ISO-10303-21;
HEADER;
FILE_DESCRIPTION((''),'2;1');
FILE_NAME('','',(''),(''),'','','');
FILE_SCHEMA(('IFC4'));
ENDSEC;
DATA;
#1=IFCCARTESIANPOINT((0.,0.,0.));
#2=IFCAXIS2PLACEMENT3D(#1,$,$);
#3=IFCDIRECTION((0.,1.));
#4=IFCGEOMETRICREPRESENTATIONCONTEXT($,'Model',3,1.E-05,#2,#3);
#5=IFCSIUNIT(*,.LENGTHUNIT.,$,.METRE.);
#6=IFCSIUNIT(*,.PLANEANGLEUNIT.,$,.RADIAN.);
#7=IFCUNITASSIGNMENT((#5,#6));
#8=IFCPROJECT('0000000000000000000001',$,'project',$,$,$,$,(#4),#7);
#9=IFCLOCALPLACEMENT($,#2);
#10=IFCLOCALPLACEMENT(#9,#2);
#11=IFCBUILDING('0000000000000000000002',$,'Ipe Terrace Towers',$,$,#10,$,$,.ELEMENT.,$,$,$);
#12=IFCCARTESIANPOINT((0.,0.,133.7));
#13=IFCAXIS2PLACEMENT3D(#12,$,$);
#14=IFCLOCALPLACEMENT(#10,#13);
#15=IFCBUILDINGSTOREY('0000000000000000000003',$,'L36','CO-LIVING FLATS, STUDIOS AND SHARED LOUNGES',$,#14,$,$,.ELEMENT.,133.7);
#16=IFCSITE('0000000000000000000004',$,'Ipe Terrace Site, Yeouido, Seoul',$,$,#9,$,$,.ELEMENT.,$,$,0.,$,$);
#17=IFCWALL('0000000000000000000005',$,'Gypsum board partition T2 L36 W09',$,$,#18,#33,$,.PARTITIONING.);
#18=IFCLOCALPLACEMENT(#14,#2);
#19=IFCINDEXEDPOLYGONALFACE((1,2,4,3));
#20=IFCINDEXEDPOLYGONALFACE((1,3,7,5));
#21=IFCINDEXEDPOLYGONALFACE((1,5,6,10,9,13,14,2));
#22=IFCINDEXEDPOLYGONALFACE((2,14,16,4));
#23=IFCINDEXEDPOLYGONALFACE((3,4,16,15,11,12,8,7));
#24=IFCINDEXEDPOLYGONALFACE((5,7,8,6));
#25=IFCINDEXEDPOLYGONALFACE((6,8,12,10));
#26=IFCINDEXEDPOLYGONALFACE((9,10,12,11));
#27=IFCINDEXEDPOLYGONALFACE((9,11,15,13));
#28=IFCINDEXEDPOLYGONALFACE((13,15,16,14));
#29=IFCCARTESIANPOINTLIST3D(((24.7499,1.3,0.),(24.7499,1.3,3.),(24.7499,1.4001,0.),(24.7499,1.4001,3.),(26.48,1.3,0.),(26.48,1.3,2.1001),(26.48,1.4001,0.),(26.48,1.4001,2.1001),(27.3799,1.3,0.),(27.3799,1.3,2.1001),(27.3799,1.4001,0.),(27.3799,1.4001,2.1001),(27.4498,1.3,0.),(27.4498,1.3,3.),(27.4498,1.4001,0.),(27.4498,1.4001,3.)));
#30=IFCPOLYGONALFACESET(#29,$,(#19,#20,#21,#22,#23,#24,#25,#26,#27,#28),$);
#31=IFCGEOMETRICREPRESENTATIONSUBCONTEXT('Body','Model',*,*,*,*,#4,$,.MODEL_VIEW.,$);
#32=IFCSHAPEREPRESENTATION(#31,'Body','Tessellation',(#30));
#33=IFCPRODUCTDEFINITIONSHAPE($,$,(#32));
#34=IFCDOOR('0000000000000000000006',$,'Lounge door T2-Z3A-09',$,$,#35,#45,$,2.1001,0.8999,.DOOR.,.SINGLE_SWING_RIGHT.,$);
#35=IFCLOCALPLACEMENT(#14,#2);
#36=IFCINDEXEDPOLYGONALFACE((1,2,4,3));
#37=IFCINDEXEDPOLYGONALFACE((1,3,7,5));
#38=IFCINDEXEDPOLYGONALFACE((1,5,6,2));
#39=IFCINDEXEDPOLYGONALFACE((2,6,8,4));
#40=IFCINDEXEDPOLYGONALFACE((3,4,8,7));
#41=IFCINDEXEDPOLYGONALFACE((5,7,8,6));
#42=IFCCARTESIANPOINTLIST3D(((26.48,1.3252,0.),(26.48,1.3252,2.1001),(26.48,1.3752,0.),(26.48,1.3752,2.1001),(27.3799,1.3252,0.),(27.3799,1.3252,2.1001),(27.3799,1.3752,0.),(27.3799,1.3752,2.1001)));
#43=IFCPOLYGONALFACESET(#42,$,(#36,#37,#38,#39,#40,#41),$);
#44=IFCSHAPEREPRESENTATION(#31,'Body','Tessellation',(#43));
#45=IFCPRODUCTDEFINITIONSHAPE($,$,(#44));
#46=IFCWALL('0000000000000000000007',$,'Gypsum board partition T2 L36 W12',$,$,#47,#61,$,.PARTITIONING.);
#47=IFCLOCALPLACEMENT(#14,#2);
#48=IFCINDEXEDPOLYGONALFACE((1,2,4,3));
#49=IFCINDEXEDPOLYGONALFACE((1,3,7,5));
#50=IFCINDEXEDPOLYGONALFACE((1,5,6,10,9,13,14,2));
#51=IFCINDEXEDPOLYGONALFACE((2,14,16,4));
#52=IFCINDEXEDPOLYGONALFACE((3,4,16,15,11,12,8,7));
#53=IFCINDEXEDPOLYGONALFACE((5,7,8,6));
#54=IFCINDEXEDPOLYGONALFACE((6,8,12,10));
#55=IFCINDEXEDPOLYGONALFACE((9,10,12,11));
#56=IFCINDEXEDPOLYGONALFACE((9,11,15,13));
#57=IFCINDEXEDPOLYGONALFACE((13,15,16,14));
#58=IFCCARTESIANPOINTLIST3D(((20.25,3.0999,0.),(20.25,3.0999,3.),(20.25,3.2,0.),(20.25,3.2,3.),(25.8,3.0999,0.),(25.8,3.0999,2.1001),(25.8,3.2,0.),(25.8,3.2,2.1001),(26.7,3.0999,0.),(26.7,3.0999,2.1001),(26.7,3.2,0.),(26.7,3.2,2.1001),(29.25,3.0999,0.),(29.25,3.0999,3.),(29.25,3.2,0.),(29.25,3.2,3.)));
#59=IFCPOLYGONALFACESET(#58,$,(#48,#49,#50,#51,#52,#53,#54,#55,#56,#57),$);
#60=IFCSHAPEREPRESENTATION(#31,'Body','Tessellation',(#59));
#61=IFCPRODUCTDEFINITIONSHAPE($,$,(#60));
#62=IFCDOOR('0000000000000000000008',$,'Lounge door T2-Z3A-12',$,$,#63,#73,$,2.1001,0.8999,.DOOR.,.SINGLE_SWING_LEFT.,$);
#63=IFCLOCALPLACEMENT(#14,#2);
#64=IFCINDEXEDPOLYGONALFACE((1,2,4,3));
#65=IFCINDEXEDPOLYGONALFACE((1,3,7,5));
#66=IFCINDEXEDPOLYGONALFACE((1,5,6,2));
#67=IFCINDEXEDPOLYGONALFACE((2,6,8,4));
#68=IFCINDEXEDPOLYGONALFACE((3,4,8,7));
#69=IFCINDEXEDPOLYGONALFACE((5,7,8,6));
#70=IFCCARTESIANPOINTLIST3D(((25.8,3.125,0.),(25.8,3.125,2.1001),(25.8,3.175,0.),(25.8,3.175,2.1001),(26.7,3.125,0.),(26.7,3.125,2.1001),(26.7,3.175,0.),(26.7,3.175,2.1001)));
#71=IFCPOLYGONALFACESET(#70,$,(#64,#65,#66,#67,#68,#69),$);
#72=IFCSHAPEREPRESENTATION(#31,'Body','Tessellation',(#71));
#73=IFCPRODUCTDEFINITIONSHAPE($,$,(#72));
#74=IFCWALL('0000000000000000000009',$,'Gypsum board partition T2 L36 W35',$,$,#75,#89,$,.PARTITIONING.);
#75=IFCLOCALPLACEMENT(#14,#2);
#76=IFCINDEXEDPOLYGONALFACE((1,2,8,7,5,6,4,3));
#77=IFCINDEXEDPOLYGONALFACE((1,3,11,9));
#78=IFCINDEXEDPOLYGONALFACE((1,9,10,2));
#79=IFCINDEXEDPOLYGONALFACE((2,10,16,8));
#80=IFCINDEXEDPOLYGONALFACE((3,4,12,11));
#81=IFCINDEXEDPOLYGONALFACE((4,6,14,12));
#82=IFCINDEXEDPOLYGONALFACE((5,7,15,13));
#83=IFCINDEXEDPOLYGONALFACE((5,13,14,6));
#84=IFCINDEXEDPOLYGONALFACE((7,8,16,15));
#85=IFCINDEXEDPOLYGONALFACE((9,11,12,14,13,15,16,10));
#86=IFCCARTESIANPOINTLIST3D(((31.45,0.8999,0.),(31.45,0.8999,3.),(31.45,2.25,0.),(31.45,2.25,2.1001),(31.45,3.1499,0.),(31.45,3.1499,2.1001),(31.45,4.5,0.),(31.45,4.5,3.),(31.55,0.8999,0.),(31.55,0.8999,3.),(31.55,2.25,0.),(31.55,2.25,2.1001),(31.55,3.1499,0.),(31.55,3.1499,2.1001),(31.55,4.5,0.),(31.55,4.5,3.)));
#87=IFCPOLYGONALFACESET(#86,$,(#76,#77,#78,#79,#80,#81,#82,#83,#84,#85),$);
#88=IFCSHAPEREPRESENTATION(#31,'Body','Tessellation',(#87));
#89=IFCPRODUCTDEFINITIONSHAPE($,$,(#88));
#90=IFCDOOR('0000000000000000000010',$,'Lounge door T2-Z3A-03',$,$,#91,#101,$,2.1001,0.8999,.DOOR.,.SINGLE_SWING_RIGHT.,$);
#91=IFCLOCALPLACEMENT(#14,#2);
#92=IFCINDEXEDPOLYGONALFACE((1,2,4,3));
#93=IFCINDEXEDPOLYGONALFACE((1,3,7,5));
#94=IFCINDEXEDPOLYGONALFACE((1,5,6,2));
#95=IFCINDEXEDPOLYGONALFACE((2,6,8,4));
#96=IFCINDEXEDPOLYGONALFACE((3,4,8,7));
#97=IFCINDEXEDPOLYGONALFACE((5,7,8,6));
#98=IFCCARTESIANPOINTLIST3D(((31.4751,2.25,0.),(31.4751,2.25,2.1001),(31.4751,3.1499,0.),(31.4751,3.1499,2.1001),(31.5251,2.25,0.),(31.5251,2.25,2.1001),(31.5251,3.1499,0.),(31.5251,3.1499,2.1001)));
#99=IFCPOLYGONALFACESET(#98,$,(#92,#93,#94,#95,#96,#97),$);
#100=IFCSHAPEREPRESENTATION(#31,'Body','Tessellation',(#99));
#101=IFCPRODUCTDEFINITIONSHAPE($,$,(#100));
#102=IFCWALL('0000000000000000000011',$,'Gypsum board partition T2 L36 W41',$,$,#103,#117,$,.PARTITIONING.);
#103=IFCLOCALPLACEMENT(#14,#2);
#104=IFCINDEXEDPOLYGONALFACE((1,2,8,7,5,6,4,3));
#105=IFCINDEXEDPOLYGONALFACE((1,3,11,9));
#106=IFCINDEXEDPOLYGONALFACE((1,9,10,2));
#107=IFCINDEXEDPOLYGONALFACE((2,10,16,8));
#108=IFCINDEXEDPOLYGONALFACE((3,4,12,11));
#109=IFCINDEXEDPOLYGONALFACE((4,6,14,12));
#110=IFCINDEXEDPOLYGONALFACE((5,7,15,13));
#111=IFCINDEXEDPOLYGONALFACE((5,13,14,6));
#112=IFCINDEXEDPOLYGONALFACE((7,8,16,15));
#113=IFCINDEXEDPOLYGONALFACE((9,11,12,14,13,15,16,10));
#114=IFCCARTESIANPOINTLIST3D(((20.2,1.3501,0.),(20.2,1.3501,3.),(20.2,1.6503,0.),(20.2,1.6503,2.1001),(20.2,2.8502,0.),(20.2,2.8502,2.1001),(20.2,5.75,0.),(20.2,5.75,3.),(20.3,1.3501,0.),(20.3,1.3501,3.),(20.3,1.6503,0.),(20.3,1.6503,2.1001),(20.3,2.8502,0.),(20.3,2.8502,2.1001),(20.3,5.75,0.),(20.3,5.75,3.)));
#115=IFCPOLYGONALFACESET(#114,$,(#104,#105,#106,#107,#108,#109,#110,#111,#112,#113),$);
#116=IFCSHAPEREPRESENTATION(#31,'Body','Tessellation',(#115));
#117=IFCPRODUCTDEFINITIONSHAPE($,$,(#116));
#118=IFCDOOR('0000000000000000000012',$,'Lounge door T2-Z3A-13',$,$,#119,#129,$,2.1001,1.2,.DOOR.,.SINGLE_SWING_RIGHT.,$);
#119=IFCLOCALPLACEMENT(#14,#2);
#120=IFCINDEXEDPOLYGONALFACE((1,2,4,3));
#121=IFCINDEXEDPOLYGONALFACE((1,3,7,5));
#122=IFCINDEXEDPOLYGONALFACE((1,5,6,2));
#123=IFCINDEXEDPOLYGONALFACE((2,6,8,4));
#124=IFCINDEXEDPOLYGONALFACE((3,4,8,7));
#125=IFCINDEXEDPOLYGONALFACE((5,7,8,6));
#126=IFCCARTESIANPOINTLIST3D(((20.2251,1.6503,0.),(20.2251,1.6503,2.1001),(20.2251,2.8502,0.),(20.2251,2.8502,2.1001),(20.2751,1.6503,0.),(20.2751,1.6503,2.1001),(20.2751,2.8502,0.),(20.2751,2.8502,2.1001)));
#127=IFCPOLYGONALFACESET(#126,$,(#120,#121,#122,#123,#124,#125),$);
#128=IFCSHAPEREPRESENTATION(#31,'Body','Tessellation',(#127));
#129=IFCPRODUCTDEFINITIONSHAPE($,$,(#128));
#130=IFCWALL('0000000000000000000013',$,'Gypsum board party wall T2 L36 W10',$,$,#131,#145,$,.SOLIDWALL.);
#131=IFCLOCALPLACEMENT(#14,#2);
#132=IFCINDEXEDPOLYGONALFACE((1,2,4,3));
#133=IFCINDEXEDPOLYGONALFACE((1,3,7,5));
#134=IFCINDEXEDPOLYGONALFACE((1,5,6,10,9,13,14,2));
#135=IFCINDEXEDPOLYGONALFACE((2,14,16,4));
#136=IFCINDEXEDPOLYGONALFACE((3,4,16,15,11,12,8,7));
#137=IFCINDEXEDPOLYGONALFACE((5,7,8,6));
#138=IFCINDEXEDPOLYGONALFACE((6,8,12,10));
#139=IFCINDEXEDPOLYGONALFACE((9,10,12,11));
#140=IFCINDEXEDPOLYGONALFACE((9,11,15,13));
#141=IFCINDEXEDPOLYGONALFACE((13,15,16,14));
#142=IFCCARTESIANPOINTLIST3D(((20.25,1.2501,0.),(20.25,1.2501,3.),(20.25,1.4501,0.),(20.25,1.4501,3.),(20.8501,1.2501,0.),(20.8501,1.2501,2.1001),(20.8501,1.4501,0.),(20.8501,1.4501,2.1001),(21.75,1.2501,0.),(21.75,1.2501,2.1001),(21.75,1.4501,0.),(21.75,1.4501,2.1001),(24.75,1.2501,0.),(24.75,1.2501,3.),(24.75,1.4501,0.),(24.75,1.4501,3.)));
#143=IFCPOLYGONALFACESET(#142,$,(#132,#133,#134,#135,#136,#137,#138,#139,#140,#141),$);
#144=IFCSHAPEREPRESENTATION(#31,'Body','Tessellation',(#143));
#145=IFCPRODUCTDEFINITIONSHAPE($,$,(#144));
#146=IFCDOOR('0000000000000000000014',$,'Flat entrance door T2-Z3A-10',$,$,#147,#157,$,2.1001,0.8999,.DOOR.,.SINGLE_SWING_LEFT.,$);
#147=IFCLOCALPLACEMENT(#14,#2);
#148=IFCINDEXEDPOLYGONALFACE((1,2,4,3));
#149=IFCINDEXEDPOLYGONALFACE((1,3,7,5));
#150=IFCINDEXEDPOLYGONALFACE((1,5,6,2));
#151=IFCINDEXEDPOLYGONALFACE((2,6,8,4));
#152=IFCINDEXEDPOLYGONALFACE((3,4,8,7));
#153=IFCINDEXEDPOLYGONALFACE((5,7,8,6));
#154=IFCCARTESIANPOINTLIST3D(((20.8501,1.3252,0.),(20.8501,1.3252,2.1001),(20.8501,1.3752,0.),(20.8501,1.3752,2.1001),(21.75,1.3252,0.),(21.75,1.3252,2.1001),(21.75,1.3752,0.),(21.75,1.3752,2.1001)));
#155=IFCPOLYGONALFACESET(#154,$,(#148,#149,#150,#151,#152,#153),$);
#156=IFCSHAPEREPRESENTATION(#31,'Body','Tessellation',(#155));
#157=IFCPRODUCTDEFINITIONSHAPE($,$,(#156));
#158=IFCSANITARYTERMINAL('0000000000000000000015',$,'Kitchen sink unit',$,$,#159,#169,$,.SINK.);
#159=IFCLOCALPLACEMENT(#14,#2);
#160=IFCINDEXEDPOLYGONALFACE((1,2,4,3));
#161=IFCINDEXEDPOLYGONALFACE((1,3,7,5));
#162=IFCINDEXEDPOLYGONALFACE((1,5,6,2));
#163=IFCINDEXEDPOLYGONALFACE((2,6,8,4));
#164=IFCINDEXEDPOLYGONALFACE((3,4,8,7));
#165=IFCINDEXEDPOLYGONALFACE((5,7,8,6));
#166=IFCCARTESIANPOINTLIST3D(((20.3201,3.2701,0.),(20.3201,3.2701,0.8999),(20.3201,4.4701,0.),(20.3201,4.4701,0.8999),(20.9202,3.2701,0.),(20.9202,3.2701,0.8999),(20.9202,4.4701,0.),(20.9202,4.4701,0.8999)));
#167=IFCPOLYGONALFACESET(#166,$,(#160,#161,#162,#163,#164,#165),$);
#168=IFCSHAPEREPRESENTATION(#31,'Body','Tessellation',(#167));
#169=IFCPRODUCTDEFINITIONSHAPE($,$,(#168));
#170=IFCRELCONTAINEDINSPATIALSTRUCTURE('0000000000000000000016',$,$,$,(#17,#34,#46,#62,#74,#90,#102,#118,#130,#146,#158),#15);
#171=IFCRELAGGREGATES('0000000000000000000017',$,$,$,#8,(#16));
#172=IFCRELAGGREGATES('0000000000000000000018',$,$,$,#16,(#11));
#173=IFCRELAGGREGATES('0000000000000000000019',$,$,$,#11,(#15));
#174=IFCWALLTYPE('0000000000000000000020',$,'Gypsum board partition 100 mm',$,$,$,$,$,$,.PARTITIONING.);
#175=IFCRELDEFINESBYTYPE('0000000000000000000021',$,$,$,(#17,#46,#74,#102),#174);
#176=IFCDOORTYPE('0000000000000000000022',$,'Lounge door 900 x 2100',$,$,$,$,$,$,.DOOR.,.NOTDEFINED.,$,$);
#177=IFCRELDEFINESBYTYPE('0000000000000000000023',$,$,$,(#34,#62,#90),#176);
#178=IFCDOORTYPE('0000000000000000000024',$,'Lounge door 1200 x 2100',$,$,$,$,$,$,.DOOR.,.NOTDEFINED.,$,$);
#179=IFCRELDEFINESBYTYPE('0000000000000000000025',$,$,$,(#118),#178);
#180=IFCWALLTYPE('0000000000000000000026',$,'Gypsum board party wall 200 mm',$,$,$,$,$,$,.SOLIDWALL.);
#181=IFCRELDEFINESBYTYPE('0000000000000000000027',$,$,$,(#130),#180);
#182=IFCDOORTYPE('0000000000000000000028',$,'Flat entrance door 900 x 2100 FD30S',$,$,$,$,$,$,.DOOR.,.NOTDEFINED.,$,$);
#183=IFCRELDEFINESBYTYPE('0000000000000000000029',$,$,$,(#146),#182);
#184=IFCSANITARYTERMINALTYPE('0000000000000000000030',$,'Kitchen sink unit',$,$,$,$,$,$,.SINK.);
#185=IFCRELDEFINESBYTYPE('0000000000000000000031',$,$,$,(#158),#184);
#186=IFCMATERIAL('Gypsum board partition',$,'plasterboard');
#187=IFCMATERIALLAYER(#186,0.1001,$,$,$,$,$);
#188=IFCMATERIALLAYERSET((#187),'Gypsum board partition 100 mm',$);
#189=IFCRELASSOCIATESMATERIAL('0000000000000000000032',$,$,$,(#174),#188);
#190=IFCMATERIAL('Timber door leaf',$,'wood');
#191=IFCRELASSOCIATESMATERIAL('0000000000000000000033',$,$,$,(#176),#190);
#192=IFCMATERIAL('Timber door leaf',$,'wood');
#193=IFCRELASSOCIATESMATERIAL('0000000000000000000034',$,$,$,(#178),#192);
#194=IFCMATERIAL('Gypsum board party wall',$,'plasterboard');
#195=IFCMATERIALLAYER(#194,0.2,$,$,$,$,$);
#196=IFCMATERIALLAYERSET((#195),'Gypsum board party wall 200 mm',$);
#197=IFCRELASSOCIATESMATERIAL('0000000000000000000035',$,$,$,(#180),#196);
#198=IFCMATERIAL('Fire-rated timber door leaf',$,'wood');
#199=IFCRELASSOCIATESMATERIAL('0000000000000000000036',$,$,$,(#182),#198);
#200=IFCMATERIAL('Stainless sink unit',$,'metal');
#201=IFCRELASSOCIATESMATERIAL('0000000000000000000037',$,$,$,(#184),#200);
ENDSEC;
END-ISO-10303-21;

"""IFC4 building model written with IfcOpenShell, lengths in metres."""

from ifc_helpers import new_model, si_unit, direction, frame, frame_2d, origin, origin_2d, place, context, subcontext, project, spatial, rectangle, extrude, material, layer, layer_set, type_object, element, fill, save


model = new_model("IFC4")

# Units and contexts
model_context = context("Model", 3, precision=1e-05, world=origin(), true_north=direction((0.0, 1.0)))
body_context = subcontext(model_context, "Body", "Model", "MODEL_VIEW")
ifc_project = project(units=[si_unit("LENGTHUNIT", "METRE"), si_unit("PLANEANGLEUNIT", "RADIAN")], contexts=[model_context])

# Site, building, storey
site_placement = place(None, origin())
site = spatial("IfcSite", under=ifc_project, at=site_placement, Name="Ipe Terrace Site, Yeouido, Seoul", CompositionType="ELEMENT", RefElevation=0.0)
building_placement = place(site_placement, origin())
building = spatial("IfcBuilding", under=site, at=building_placement, Name="Ipe Terrace Towers", CompositionType="ELEMENT")
storey_placement = place(building_placement, frame((0.0, 0.0, 133.7)))
storey = spatial("IfcBuildingStorey", under=building, at=storey_placement, Name="L36", Description="CO-LIVING FLATS, STUDIOS AND SHARED LOUNGES", CompositionType="ELEMENT", Elevation=133.7)

# Walls, openings, doors
ifc_material_1 = material(Name="Gypsum board partition", Category="plasterboard")
ifc_layer_1 = layer(ifc_material_1, 0.1001)
ifc_layer_set_1 = layer_set([ifc_layer_1], Name="Gypsum board partition 100 mm")
wall_type_1 = type_object("IfcWallType", Name="Gypsum board partition 100 mm", PredefinedType="PARTITIONING", material=ifc_layer_set_1)
wall_1_placement = place(storey_placement, frame((27.45, 1.3501, 0.0), z_axis=(0.0, 0.0, 1.0), x_axis=(-1.0, 0.0, 0.0)))
wall_1 = element("IfcWall", 1, at=wall_1_placement, inside=storey, type_object=wall_type_1, Name="Gypsum board partition T2 L36 W09", PredefinedType="PARTITIONING", context=body_context, shape_type="SweptSolid", body=[
    extrude(rectangle(XDim=2.7, YDim=0.1001, at=frame_2d((1.3501, 0.0))), origin(), (0.0, 0.0, 1.0), 3.0),
])
opening_1_placement = place(wall_1_placement, frame((0.0701, 0.0, 0.0)))
opening_1 = element("IfcOpeningElement", 2, at=opening_1_placement, cuts=wall_1, PredefinedType="OPENING", context=body_context, shape_type="SweptSolid", body=[
    extrude(rectangle(XDim=0.8999, YDim=2.1001, at=frame_2d((0.45, 1.05))), frame((0.0, 0.0601, 0.0), z_axis=(0.0, -1.0, 0.0), x_axis=(1.0, 0.0, 0.0)), (0.0, 0.0, 1.0), 0.1201),
])
ifc_material_2 = material(Name="Timber door leaf", Category="wood")
door_type_1 = type_object("IfcDoorType", Name="Lounge door 900 x 2100", OperationType="NOTDEFINED", PredefinedType="DOOR", material=ifc_material_2)
door_1_placement = place(opening_1_placement, origin())
door_1 = element("IfcDoor", 3, at=door_1_placement, inside=storey, type_object=door_type_1, Name="Lounge door T2-Z3A-09", OperationType="SINGLE_SWING_RIGHT", OverallHeight=2.1001, OverallWidth=0.8999, PredefinedType="DOOR", context=body_context, shape_type="SweptSolid", body=[
    extrude(rectangle(XDim=0.8999, YDim=2.1001, at=frame_2d((0.45, 1.05))), frame((0.0, 0.0249, 0.0), z_axis=(0.0, -1.0, 0.0), x_axis=(1.0, 0.0, 0.0)), (0.0, 0.0, 1.0), 0.05),
])
fill(opening_1, door_1)
wall_2_placement = place(storey_placement, frame((29.25, 3.1499, 0.0), z_axis=(0.0, 0.0, 1.0), x_axis=(-1.0, 0.0, 0.0)))
wall_2 = element("IfcWall", 4, at=wall_2_placement, inside=storey, type_object=wall_type_1, Name="Gypsum board partition T2 L36 W12", PredefinedType="PARTITIONING", context=body_context, shape_type="SweptSolid", body=[
    extrude(rectangle(XDim=9.0, YDim=0.1001, at=frame_2d((4.5, 0.0))), origin(), (0.0, 0.0, 1.0), 3.0),
])
opening_2_placement = place(wall_2_placement, frame((2.55, 0.0, 0.0)))
opening_2 = element("IfcOpeningElement", 5, at=opening_2_placement, cuts=wall_2, PredefinedType="OPENING", context=body_context, shape_type="SweptSolid", body=[
    extrude(rectangle(XDim=0.8999, YDim=2.1001, at=frame_2d((0.45, 1.05))), frame((0.0, 0.0601, 0.0), z_axis=(0.0, -1.0, 0.0), x_axis=(1.0, 0.0, 0.0)), (0.0, 0.0, 1.0), 0.1201),
])
door_2_placement = place(opening_2_placement, origin())
door_2 = element("IfcDoor", 6, at=door_2_placement, inside=storey, type_object=door_type_1, Name="Lounge door T2-Z3A-12", OperationType="SINGLE_SWING_LEFT", OverallHeight=2.1001, OverallWidth=0.8999, PredefinedType="DOOR", context=body_context, shape_type="SweptSolid", body=[
    extrude(rectangle(XDim=0.8999, YDim=2.1001, at=frame_2d((0.45, 1.05))), frame((0.0, 0.0249, 0.0), z_axis=(0.0, -1.0, 0.0), x_axis=(1.0, 0.0, 0.0)), (0.0, 0.0, 1.0), 0.05),
])
fill(opening_2, door_2)
wall_3_placement = place(storey_placement, frame((31.5, 0.8999, 0.0), z_axis=(0.0, 0.0, 1.0), x_axis=(0.0, 1.0, 0.0)))
wall_3 = element("IfcWall", 7, at=wall_3_placement, inside=storey, type_object=wall_type_1, Name="Gypsum board partition T2 L36 W35", PredefinedType="PARTITIONING", context=body_context, shape_type="SweptSolid", body=[
    extrude(rectangle(XDim=3.6001, YDim=0.1001, at=frame_2d((1.8, 0.0))), origin(), (0.0, 0.0, 1.0), 3.0),
])
opening_3_placement = place(wall_3_placement, frame((1.3501, 0.0, 0.0)))
opening_3 = element("IfcOpeningElement", 8, at=opening_3_placement, cuts=wall_3, PredefinedType="OPENING", context=body_context, shape_type="SweptSolid", body=[
    extrude(rectangle(XDim=0.8999, YDim=2.1001, at=frame_2d((0.45, 1.05))), frame((0.0, 0.0601, 0.0), z_axis=(0.0, -1.0, 0.0), x_axis=(1.0, 0.0, 0.0)), (0.0, 0.0, 1.0), 0.1201),
])
door_3_placement = place(opening_3_placement, origin())
door_3 = element("IfcDoor", 9, at=door_3_placement, inside=storey, type_object=door_type_1, Name="Lounge door T2-Z3A-03", OperationType="SINGLE_SWING_RIGHT", OverallHeight=2.1001, OverallWidth=0.8999, PredefinedType="DOOR", context=body_context, shape_type="SweptSolid", body=[
    extrude(rectangle(XDim=0.8999, YDim=2.1001, at=frame_2d((0.45, 1.05))), frame((0.0, 0.0249, 0.0), z_axis=(0.0, -1.0, 0.0), x_axis=(1.0, 0.0, 0.0)), (0.0, 0.0, 1.0), 0.05),
])
fill(opening_3, door_3)
wall_4_placement = place(storey_placement, frame((20.25, 1.3501, 0.0), z_axis=(0.0, 0.0, 1.0), x_axis=(0.0, 1.0, 0.0)))
wall_4 = element("IfcWall", 10, at=wall_4_placement, inside=storey, type_object=wall_type_1, Name="Gypsum board partition T2 L36 W41", PredefinedType="PARTITIONING", context=body_context, shape_type="SweptSolid", body=[
    extrude(rectangle(XDim=4.3999, YDim=0.1001, at=frame_2d((2.2, 0.0))), origin(), (0.0, 0.0, 1.0), 3.0),
])
opening_4_placement = place(wall_4_placement, frame((0.3, 0.0, 0.0)))
opening_4 = element("IfcOpeningElement", 11, at=opening_4_placement, cuts=wall_4, PredefinedType="OPENING", context=body_context, shape_type="SweptSolid", body=[
    extrude(rectangle(XDim=1.2, YDim=2.1001, at=frame_2d((0.6001, 1.05))), frame((0.0, 0.0601, 0.0), z_axis=(0.0, -1.0, 0.0), x_axis=(1.0, 0.0, 0.0)), (0.0, 0.0, 1.0), 0.1201),
])
ifc_material_3 = material(Name="Timber door leaf", Category="wood")
door_type_2 = type_object("IfcDoorType", Name="Lounge door 1200 x 2100", OperationType="NOTDEFINED", PredefinedType="DOOR", material=ifc_material_3)
door_4_placement = place(opening_4_placement, origin())
door_4 = element("IfcDoor", 12, at=door_4_placement, inside=storey, type_object=door_type_2, Name="Lounge door T2-Z3A-13", OperationType="SINGLE_SWING_RIGHT", OverallHeight=2.1001, OverallWidth=1.2, PredefinedType="DOOR", context=body_context, shape_type="SweptSolid", body=[
    extrude(rectangle(XDim=1.2, YDim=2.1001, at=frame_2d((0.6001, 1.05))), frame((0.0, 0.0249, 0.0), z_axis=(0.0, -1.0, 0.0), x_axis=(1.0, 0.0, 0.0)), (0.0, 0.0, 1.0), 0.05),
])
fill(opening_4, door_4)
ifc_material_4 = material(Name="Gypsum board party wall", Category="plasterboard")
ifc_layer_2 = layer(ifc_material_4, 0.2)
ifc_layer_set_2 = layer_set([ifc_layer_2], Name="Gypsum board party wall 200 mm")
wall_type_2 = type_object("IfcWallType", Name="Gypsum board party wall 200 mm", PredefinedType="SOLIDWALL", material=ifc_layer_set_2)
wall_5_placement = place(storey_placement, frame((24.75, 1.3501, 0.0), z_axis=(0.0, 0.0, 1.0), x_axis=(-1.0, 0.0, 0.0)))
wall_5 = element("IfcWall", 13, at=wall_5_placement, inside=storey, type_object=wall_type_2, Name="Gypsum board party wall T2 L36 W10", PredefinedType="SOLIDWALL", context=body_context, shape_type="SweptSolid", body=[
    extrude(rectangle(XDim=4.5, YDim=0.2, at=frame_2d((2.25, 0.0))), origin(), (0.0, 0.0, 1.0), 3.0),
])
opening_5_placement = place(wall_5_placement, frame((3.0, 0.0, 0.0)))
opening_5 = element("IfcOpeningElement", 14, at=opening_5_placement, cuts=wall_5, PredefinedType="OPENING", context=body_context, shape_type="SweptSolid", body=[
    extrude(rectangle(XDim=0.8999, YDim=2.1001, at=frame_2d((0.45, 1.05))), frame((0.0, 0.1099, 0.0), z_axis=(0.0, -1.0, 0.0), x_axis=(1.0, 0.0, 0.0)), (0.0, 0.0, 1.0), 0.22),
])
ifc_material_5 = material(Name="Fire-rated timber door leaf", Category="wood")
door_type_3 = type_object("IfcDoorType", Name="Flat entrance door 900 x 2100 FD30S", OperationType="NOTDEFINED", PredefinedType="DOOR", material=ifc_material_5)
door_5_placement = place(opening_5_placement, origin())
door_5 = element("IfcDoor", 15, at=door_5_placement, inside=storey, type_object=door_type_3, Name="Flat entrance door T2-Z3A-10", OperationType="SINGLE_SWING_LEFT", OverallHeight=2.1001, OverallWidth=0.8999, PredefinedType="DOOR", context=body_context, shape_type="SweptSolid", body=[
    extrude(rectangle(XDim=0.8999, YDim=2.1001, at=frame_2d((0.45, 1.05))), frame((0.0, 0.0249, 0.0), z_axis=(0.0, -1.0, 0.0), x_axis=(1.0, 0.0, 0.0)), (0.0, 0.0, 1.0), 0.05),
])
fill(opening_5, door_5)

# Sanitary terminal
ifc_material_6 = material(Name="Stainless sink unit", Category="metal")
sanitary_terminal_type_1 = type_object("IfcSanitaryTerminalType", Name="Kitchen sink unit", PredefinedType="SINK", material=ifc_material_6)
sanitary_terminal_1_placement = place(storey_placement, frame((20.6201, 3.8701, 0.0), z_axis=(0.0, 0.0, 1.0), x_axis=(0.0, 1.0, 0.0)))
element("IfcSanitaryTerminal", 16, at=sanitary_terminal_1_placement, inside=storey, type_object=sanitary_terminal_type_1, Name="Kitchen sink unit", PredefinedType="SINK", context=body_context, shape_type="SweptSolid", body=[
    extrude(rectangle(XDim=1.2, YDim=0.6001, at=origin_2d()), origin(), (0.0, 0.0, 1.0), 0.8999),
])

save(model, "model.ifc")
